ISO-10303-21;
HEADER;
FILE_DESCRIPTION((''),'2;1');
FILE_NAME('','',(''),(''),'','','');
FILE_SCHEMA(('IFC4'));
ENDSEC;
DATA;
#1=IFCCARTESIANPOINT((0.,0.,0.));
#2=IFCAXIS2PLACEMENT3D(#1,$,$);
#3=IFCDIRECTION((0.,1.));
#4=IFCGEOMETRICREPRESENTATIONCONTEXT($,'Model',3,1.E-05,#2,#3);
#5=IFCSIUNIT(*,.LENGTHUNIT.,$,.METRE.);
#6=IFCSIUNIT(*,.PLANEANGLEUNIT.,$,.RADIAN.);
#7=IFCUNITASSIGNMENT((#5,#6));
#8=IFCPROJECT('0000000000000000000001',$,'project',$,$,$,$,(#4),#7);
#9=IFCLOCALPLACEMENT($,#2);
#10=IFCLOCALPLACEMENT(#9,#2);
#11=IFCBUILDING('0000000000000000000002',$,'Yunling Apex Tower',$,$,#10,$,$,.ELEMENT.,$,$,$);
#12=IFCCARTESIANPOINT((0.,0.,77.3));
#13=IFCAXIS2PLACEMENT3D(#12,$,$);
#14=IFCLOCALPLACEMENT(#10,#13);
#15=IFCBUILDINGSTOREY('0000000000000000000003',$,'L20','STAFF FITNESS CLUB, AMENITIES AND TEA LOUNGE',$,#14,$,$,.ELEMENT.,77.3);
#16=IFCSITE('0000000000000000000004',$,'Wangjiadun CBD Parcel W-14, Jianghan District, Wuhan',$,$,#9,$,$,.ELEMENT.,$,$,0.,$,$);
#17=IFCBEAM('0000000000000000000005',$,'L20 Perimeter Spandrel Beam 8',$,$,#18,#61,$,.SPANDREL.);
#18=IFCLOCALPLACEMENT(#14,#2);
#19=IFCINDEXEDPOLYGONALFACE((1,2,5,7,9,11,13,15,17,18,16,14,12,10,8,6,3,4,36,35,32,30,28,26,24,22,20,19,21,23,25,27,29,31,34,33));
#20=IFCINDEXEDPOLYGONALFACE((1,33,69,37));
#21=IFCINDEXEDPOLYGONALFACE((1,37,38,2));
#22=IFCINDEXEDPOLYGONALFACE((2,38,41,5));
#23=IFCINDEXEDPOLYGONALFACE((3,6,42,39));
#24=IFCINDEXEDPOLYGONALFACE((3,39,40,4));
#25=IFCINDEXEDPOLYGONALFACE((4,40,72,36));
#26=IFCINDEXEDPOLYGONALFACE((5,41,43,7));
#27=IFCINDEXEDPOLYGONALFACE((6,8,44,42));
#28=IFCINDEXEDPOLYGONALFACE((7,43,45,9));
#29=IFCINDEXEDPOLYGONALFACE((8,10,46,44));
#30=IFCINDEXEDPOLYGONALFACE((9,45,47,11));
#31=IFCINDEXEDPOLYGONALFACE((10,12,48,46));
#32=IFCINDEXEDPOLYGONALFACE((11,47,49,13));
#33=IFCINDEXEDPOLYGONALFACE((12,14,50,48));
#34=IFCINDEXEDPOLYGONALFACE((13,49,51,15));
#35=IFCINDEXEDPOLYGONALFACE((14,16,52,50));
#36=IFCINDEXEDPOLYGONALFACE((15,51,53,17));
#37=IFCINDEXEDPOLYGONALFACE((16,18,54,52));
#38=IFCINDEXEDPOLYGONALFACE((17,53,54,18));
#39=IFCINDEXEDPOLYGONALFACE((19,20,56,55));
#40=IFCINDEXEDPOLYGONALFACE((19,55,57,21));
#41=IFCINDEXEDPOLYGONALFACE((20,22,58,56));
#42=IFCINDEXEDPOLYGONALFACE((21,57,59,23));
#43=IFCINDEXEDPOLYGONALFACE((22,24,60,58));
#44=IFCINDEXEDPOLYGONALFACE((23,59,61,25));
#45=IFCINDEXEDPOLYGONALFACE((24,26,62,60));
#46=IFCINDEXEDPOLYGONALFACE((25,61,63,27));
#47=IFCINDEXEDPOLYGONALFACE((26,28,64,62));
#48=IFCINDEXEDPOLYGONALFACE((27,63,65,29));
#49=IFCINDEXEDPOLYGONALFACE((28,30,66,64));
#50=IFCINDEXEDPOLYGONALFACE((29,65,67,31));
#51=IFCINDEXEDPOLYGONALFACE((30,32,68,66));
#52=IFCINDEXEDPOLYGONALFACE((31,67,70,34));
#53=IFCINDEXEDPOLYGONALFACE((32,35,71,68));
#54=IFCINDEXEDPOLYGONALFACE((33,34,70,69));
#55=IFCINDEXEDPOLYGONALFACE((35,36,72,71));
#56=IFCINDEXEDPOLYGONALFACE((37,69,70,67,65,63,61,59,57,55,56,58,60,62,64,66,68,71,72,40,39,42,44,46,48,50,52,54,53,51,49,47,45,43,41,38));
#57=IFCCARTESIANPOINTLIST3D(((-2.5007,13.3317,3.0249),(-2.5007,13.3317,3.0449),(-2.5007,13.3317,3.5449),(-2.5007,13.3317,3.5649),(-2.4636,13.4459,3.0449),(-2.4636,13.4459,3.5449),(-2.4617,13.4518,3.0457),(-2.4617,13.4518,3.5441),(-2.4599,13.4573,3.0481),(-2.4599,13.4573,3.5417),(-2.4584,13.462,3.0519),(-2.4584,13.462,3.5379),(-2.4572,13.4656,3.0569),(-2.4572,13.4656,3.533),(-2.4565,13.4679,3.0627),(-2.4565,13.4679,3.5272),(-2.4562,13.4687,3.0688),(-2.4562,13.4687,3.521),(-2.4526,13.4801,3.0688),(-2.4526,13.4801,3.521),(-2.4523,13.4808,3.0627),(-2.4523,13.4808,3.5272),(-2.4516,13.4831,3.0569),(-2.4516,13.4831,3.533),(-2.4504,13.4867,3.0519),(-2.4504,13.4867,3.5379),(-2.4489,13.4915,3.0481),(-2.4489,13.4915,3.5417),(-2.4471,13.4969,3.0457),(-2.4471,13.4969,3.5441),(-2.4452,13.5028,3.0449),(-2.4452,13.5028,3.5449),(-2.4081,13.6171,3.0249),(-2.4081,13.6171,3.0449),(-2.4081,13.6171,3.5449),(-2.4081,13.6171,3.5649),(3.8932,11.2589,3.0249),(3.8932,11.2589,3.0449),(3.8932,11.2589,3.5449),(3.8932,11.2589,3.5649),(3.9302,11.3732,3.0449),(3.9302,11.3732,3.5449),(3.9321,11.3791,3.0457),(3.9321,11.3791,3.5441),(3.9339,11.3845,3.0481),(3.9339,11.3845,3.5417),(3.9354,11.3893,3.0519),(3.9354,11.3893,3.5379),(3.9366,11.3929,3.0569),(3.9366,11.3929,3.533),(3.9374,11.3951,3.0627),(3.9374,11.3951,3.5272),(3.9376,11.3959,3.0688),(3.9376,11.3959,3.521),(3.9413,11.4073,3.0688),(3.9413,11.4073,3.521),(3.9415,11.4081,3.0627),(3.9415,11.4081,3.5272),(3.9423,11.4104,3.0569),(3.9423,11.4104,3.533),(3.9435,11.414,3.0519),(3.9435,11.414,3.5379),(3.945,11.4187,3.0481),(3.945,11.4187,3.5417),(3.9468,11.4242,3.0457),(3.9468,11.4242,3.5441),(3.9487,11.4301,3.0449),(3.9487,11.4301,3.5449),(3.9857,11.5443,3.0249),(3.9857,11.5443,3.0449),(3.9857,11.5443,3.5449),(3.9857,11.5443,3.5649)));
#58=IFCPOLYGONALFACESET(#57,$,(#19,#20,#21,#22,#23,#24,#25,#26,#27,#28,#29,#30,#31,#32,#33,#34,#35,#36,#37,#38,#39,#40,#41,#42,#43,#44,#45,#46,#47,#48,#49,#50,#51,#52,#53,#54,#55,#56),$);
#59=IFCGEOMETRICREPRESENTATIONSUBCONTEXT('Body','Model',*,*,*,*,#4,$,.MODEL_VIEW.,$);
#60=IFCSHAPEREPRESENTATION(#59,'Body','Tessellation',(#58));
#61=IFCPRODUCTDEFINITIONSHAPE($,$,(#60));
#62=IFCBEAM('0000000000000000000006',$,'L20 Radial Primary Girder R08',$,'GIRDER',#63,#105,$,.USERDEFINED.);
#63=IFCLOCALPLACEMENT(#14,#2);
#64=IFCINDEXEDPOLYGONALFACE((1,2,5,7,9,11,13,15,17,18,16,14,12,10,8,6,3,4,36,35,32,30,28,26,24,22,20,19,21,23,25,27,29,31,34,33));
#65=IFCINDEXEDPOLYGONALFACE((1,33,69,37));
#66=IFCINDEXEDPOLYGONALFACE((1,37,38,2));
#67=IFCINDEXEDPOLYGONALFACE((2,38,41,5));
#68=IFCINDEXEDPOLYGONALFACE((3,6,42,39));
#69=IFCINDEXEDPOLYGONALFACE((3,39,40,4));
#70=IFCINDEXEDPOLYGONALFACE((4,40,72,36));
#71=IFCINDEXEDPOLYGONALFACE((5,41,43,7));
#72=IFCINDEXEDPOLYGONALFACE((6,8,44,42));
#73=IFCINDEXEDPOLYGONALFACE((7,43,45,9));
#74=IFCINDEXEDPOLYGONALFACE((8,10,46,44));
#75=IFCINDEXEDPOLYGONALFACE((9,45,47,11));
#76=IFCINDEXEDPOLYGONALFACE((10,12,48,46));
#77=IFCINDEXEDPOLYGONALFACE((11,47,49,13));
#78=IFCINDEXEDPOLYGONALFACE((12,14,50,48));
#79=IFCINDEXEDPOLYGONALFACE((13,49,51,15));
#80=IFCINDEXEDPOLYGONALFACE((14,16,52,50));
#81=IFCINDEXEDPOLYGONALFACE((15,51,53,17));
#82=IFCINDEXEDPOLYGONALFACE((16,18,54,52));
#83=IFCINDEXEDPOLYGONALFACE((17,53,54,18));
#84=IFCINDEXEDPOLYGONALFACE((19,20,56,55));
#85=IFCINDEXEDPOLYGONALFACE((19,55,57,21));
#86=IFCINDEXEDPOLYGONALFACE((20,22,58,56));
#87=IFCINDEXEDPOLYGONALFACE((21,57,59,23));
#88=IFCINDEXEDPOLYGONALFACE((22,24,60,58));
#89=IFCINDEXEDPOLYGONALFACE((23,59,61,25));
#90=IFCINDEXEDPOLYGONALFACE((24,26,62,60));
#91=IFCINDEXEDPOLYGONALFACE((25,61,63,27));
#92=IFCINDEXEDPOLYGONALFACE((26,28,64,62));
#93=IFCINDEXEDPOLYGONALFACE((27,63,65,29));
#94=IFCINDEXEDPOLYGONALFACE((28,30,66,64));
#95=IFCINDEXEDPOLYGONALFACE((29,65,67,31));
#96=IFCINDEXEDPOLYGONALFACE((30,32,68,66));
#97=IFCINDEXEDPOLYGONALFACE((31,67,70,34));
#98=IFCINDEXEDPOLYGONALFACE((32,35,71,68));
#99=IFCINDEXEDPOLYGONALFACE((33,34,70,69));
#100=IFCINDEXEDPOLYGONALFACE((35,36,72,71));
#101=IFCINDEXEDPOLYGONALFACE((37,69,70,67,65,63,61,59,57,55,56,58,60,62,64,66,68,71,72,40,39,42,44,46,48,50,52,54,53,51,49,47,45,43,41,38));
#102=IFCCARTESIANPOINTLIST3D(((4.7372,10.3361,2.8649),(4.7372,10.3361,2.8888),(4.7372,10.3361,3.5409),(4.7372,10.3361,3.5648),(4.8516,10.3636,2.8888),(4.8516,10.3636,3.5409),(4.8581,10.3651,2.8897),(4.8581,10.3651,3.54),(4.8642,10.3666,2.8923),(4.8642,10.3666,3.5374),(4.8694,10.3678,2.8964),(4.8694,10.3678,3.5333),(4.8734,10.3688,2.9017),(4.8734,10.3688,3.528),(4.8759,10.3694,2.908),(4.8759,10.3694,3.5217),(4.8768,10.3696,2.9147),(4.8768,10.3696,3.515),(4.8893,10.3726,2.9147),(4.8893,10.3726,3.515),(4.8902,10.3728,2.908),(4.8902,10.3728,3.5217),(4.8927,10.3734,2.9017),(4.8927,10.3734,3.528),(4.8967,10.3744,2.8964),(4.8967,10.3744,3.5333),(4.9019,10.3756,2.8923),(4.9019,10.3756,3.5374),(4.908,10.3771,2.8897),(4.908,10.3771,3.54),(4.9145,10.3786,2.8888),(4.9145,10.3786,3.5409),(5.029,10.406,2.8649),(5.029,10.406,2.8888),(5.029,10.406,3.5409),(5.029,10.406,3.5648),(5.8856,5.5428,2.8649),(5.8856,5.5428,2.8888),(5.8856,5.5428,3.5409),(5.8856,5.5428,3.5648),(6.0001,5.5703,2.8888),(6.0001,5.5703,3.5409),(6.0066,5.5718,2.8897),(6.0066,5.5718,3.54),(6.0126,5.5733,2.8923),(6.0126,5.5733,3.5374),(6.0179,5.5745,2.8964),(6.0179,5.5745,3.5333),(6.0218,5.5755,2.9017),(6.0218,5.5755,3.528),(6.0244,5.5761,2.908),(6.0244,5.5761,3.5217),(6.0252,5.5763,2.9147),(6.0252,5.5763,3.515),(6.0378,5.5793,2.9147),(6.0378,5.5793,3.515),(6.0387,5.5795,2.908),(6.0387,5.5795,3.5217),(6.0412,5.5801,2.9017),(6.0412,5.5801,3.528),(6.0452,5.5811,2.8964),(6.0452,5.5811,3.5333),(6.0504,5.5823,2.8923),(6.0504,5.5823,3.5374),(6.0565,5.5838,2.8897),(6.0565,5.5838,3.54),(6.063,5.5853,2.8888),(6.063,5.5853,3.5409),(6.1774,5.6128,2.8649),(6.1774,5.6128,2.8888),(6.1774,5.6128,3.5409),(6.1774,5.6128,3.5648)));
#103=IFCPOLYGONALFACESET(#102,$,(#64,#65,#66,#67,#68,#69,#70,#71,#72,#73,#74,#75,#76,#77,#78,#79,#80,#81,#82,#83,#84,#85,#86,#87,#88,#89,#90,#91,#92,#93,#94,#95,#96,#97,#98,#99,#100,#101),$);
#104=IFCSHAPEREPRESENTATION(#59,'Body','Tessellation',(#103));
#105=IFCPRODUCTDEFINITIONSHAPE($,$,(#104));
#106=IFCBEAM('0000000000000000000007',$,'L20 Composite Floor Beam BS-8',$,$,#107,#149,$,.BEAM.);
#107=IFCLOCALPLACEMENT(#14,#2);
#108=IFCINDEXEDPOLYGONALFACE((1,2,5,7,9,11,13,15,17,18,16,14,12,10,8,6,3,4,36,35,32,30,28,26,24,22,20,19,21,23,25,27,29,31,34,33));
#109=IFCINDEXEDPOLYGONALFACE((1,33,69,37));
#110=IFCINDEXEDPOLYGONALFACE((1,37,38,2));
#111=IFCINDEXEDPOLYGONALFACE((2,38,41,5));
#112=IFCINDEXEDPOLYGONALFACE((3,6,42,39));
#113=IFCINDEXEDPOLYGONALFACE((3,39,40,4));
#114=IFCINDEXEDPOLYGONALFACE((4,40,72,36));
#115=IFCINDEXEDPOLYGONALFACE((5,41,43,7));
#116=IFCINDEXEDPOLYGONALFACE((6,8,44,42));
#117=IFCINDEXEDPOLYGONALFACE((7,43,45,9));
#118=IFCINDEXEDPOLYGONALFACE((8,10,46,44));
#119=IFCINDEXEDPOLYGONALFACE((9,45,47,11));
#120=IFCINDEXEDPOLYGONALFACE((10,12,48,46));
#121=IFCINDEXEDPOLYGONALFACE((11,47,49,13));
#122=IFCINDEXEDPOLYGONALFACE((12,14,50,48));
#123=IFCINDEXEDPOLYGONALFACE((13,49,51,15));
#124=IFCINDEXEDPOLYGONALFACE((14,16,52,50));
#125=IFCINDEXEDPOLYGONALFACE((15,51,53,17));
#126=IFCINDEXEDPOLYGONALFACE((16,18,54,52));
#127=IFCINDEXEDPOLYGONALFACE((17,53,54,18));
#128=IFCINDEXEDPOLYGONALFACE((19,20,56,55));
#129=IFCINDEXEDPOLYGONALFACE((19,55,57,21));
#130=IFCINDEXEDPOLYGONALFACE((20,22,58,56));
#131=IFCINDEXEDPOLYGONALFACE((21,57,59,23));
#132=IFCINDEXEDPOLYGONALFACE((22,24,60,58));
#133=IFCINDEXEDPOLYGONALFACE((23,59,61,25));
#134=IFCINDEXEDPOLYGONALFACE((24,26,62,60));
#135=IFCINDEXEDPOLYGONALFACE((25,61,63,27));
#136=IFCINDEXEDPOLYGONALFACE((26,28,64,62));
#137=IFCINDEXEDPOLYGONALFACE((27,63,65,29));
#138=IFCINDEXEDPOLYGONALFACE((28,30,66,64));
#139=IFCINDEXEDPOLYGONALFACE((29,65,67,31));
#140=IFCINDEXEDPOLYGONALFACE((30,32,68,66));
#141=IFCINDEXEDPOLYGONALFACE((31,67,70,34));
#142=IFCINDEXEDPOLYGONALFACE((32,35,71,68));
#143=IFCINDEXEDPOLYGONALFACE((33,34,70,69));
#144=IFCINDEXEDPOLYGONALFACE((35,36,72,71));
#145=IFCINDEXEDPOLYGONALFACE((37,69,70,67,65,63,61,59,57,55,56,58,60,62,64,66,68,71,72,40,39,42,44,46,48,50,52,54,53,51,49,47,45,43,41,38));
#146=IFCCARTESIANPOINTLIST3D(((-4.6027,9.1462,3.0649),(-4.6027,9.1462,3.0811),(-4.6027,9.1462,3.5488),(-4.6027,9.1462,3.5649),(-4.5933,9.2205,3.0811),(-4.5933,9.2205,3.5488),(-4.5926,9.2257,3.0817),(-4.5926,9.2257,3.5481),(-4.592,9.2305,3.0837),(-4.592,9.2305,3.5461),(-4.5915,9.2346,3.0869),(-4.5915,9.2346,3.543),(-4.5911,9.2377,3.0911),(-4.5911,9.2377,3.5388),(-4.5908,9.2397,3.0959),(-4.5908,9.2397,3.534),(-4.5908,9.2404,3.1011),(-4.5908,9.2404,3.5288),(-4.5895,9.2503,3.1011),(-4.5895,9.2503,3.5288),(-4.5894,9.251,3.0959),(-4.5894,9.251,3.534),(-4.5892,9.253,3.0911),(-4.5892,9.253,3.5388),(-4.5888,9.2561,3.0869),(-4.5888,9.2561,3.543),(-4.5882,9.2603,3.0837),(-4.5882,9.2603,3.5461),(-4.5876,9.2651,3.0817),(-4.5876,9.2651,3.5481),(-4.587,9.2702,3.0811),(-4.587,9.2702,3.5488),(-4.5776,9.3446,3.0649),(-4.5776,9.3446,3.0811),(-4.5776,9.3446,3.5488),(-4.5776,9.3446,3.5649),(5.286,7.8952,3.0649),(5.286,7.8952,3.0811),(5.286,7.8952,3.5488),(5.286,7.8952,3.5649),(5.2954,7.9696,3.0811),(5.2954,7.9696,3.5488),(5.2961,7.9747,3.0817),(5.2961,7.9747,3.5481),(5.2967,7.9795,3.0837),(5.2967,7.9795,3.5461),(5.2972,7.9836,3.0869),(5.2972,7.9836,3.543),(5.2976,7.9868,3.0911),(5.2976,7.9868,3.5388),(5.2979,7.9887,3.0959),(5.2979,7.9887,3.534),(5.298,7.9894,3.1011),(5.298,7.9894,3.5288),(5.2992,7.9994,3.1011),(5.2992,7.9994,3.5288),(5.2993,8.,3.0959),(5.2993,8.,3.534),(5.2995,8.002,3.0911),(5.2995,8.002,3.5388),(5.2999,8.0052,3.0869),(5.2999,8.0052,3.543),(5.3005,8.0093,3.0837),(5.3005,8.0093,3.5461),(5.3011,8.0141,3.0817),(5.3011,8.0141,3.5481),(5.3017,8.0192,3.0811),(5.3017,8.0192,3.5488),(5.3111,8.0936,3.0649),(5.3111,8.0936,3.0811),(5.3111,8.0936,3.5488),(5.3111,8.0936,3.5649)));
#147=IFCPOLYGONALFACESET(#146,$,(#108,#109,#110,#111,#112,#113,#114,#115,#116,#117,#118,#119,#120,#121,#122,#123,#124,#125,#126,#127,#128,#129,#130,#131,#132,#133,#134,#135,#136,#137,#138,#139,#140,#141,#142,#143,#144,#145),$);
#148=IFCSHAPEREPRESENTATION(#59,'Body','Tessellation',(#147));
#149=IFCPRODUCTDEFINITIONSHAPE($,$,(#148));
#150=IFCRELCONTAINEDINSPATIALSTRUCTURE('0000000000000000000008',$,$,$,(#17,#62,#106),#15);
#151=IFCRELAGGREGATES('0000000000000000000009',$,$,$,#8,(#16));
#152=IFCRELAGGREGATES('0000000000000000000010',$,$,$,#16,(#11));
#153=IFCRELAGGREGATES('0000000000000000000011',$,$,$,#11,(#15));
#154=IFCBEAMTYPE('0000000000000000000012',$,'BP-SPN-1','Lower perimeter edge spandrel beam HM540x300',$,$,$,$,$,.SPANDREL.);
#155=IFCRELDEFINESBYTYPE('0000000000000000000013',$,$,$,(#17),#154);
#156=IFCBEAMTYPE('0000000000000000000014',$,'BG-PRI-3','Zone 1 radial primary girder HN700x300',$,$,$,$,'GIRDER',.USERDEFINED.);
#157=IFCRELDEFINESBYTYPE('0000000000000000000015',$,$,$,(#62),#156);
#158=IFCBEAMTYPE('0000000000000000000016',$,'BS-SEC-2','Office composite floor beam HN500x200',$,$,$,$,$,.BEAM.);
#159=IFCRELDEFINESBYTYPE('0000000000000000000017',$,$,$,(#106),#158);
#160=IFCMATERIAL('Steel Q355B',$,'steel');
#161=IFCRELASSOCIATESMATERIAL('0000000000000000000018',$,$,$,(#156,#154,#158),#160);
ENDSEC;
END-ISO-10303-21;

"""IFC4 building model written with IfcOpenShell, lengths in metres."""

from ifc_helpers import new_model, si_unit, direction, frame, origin, origin_2d, place, context, subcontext, project, spatial, i_section, extrude, source, transform, mapped, material, material_profile, profile_set, type_object, element, save


model = new_model("IFC4")

# Units and contexts
model_context = context("Model", 3, precision=1e-05, world=origin(), true_north=direction((0.0, 1.0)))
body_context = subcontext(model_context, "Body", "Model", "MODEL_VIEW")
ifc_project = project(units=[si_unit("LENGTHUNIT", "METRE"), si_unit("PLANEANGLEUNIT", "RADIAN")], contexts=[model_context])

# Site, building, storey
site_placement = place(None, origin())
site = spatial("IfcSite", under=ifc_project, at=site_placement, Name="Wangjiadun CBD Parcel W-14, Jianghan District, Wuhan", CompositionType="ELEMENT", RefElevation=0.0)
building_placement = place(site_placement, origin())
building = spatial("IfcBuilding", under=site, at=building_placement, Name="Yunling Apex Tower", CompositionType="ELEMENT")
storey_placement = place(building_placement, frame((0.0, 0.0, 77.3)))
storey = spatial("IfcBuildingStorey", under=building, at=storey_placement, Name="L20", Description="STAFF FITNESS CLUB, AMENITIES AND TEA LOUNGE", CompositionType="ELEMENT", Elevation=77.3)

# Beams
ifc_material_1 = material(Name="Steel Q355B", Category="steel")
ifc_material_profile_1 = material_profile(ifc_material_1, i_section(OverallWidth=0.3, OverallDepth=0.7, WebThickness=0.0129, FlangeThickness=0.0239, FilletRadius=0.0259, at=origin_2d()))
ifc_profile_set_1 = profile_set([ifc_material_profile_1], Name="Steel Q355B")
beam_type_1 = type_object("IfcBeamType", Name="BG-PRI-3", Description="Zone 1 radial primary girder HN700x300", ElementType="GIRDER", PredefinedType="USERDEFINED", material=ifc_profile_set_1)
ifc_material_profile_2 = material_profile(ifc_material_1, i_section(OverallWidth=0.3, OverallDepth=0.54, WebThickness=0.012, FlangeThickness=0.02, FilletRadius=0.0239, at=origin_2d()))
ifc_profile_set_2 = profile_set([ifc_material_profile_2], Name="Steel Q355B")
beam_type_2 = type_object("IfcBeamType", Name="BP-SPN-1", Description="Lower perimeter edge spandrel beam HM540x300", PredefinedType="SPANDREL", material=ifc_profile_set_2)
shared_shape_1 = source(origin(), body_context, "Body", "SweptSolid", [
    extrude(i_section(OverallWidth=0.3, OverallDepth=0.54, WebThickness=0.012, FlangeThickness=0.02, FilletRadius=0.0239, at=origin_2d()), origin(), (0.0, 0.0, 1.0), 6.7214),
])
beam_1_placement = place(storey_placement, frame((3.9395, 11.4016, 3.2949), z_axis=(-0.951263, 0.308382, 0.0), x_axis=(-0.308382, -0.951263, 0.0)))
element("IfcBeam", 1, at=beam_1_placement, inside=storey, type_object=beam_type_2, Name="L20 Perimeter Spandrel Beam 8", PredefinedType="SPANDREL", context=body_context, shape_type="MappedRepresentation", body=[
    mapped(shared_shape_1, transform((0.0, 0.0, 0.0), scale=1.0)),
])
shared_shape_2 = source(origin(), body_context, "Body", "SweptSolid", [
    extrude(i_section(OverallWidth=0.3, OverallDepth=0.7, WebThickness=0.0129, FlangeThickness=0.0239, FilletRadius=0.0259, at=origin_2d()), origin(), (0.0, 0.0, 1.0), 4.929),
])
beam_2_placement = place(storey_placement, frame((4.8831, 10.3711, 3.2148), z_axis=(0.233002, -0.972476, 0.0), x_axis=(0.972476, 0.233002, 0.0)))
element("IfcBeam", 2, at=beam_2_placement, inside=storey, type_object=beam_type_1, Name="L20 Radial Primary Girder R08", ObjectType="GIRDER", PredefinedType="USERDEFINED", context=body_context, shape_type="MappedRepresentation", body=[
    mapped(shared_shape_2, transform((0.0, 0.0, 0.0), scale=1.0)),
])
ifc_material_profile_3 = material_profile(ifc_material_1, i_section(OverallWidth=0.2, OverallDepth=0.5, WebThickness=0.01, FlangeThickness=0.0161, FilletRadius=0.02, at=origin_2d()))
ifc_profile_set_3 = profile_set([ifc_material_profile_3], Name="Steel Q355B")
beam_type_3 = type_object("IfcBeamType", Name="BS-SEC-2", Description="Office composite floor beam HN500x200", PredefinedType="BEAM", material=ifc_profile_set_3)
shared_shape_3 = source(origin(), body_context, "Body", "SweptSolid", [
    extrude(i_section(OverallWidth=0.2, OverallDepth=0.5, WebThickness=0.01, FlangeThickness=0.0161, FilletRadius=0.02, at=origin_2d()), origin(), (0.0, 0.0, 1.0), 9.9675),
])
beam_3_placement = place(storey_placement, frame((5.2986, 7.9944, 3.3149), z_axis=(-0.992093, 0.125506, 0.0), x_axis=(-0.125506, -0.992093, 0.0)))
element("IfcBeam", 3, at=beam_3_placement, inside=storey, type_object=beam_type_3, Name="L20 Composite Floor Beam BS-8", PredefinedType="BEAM", context=body_context, shape_type="MappedRepresentation", body=[
    mapped(shared_shape_3, transform((0.0, 0.0, 0.0), scale=1.0)),
])

save(model, "model.ifc")
